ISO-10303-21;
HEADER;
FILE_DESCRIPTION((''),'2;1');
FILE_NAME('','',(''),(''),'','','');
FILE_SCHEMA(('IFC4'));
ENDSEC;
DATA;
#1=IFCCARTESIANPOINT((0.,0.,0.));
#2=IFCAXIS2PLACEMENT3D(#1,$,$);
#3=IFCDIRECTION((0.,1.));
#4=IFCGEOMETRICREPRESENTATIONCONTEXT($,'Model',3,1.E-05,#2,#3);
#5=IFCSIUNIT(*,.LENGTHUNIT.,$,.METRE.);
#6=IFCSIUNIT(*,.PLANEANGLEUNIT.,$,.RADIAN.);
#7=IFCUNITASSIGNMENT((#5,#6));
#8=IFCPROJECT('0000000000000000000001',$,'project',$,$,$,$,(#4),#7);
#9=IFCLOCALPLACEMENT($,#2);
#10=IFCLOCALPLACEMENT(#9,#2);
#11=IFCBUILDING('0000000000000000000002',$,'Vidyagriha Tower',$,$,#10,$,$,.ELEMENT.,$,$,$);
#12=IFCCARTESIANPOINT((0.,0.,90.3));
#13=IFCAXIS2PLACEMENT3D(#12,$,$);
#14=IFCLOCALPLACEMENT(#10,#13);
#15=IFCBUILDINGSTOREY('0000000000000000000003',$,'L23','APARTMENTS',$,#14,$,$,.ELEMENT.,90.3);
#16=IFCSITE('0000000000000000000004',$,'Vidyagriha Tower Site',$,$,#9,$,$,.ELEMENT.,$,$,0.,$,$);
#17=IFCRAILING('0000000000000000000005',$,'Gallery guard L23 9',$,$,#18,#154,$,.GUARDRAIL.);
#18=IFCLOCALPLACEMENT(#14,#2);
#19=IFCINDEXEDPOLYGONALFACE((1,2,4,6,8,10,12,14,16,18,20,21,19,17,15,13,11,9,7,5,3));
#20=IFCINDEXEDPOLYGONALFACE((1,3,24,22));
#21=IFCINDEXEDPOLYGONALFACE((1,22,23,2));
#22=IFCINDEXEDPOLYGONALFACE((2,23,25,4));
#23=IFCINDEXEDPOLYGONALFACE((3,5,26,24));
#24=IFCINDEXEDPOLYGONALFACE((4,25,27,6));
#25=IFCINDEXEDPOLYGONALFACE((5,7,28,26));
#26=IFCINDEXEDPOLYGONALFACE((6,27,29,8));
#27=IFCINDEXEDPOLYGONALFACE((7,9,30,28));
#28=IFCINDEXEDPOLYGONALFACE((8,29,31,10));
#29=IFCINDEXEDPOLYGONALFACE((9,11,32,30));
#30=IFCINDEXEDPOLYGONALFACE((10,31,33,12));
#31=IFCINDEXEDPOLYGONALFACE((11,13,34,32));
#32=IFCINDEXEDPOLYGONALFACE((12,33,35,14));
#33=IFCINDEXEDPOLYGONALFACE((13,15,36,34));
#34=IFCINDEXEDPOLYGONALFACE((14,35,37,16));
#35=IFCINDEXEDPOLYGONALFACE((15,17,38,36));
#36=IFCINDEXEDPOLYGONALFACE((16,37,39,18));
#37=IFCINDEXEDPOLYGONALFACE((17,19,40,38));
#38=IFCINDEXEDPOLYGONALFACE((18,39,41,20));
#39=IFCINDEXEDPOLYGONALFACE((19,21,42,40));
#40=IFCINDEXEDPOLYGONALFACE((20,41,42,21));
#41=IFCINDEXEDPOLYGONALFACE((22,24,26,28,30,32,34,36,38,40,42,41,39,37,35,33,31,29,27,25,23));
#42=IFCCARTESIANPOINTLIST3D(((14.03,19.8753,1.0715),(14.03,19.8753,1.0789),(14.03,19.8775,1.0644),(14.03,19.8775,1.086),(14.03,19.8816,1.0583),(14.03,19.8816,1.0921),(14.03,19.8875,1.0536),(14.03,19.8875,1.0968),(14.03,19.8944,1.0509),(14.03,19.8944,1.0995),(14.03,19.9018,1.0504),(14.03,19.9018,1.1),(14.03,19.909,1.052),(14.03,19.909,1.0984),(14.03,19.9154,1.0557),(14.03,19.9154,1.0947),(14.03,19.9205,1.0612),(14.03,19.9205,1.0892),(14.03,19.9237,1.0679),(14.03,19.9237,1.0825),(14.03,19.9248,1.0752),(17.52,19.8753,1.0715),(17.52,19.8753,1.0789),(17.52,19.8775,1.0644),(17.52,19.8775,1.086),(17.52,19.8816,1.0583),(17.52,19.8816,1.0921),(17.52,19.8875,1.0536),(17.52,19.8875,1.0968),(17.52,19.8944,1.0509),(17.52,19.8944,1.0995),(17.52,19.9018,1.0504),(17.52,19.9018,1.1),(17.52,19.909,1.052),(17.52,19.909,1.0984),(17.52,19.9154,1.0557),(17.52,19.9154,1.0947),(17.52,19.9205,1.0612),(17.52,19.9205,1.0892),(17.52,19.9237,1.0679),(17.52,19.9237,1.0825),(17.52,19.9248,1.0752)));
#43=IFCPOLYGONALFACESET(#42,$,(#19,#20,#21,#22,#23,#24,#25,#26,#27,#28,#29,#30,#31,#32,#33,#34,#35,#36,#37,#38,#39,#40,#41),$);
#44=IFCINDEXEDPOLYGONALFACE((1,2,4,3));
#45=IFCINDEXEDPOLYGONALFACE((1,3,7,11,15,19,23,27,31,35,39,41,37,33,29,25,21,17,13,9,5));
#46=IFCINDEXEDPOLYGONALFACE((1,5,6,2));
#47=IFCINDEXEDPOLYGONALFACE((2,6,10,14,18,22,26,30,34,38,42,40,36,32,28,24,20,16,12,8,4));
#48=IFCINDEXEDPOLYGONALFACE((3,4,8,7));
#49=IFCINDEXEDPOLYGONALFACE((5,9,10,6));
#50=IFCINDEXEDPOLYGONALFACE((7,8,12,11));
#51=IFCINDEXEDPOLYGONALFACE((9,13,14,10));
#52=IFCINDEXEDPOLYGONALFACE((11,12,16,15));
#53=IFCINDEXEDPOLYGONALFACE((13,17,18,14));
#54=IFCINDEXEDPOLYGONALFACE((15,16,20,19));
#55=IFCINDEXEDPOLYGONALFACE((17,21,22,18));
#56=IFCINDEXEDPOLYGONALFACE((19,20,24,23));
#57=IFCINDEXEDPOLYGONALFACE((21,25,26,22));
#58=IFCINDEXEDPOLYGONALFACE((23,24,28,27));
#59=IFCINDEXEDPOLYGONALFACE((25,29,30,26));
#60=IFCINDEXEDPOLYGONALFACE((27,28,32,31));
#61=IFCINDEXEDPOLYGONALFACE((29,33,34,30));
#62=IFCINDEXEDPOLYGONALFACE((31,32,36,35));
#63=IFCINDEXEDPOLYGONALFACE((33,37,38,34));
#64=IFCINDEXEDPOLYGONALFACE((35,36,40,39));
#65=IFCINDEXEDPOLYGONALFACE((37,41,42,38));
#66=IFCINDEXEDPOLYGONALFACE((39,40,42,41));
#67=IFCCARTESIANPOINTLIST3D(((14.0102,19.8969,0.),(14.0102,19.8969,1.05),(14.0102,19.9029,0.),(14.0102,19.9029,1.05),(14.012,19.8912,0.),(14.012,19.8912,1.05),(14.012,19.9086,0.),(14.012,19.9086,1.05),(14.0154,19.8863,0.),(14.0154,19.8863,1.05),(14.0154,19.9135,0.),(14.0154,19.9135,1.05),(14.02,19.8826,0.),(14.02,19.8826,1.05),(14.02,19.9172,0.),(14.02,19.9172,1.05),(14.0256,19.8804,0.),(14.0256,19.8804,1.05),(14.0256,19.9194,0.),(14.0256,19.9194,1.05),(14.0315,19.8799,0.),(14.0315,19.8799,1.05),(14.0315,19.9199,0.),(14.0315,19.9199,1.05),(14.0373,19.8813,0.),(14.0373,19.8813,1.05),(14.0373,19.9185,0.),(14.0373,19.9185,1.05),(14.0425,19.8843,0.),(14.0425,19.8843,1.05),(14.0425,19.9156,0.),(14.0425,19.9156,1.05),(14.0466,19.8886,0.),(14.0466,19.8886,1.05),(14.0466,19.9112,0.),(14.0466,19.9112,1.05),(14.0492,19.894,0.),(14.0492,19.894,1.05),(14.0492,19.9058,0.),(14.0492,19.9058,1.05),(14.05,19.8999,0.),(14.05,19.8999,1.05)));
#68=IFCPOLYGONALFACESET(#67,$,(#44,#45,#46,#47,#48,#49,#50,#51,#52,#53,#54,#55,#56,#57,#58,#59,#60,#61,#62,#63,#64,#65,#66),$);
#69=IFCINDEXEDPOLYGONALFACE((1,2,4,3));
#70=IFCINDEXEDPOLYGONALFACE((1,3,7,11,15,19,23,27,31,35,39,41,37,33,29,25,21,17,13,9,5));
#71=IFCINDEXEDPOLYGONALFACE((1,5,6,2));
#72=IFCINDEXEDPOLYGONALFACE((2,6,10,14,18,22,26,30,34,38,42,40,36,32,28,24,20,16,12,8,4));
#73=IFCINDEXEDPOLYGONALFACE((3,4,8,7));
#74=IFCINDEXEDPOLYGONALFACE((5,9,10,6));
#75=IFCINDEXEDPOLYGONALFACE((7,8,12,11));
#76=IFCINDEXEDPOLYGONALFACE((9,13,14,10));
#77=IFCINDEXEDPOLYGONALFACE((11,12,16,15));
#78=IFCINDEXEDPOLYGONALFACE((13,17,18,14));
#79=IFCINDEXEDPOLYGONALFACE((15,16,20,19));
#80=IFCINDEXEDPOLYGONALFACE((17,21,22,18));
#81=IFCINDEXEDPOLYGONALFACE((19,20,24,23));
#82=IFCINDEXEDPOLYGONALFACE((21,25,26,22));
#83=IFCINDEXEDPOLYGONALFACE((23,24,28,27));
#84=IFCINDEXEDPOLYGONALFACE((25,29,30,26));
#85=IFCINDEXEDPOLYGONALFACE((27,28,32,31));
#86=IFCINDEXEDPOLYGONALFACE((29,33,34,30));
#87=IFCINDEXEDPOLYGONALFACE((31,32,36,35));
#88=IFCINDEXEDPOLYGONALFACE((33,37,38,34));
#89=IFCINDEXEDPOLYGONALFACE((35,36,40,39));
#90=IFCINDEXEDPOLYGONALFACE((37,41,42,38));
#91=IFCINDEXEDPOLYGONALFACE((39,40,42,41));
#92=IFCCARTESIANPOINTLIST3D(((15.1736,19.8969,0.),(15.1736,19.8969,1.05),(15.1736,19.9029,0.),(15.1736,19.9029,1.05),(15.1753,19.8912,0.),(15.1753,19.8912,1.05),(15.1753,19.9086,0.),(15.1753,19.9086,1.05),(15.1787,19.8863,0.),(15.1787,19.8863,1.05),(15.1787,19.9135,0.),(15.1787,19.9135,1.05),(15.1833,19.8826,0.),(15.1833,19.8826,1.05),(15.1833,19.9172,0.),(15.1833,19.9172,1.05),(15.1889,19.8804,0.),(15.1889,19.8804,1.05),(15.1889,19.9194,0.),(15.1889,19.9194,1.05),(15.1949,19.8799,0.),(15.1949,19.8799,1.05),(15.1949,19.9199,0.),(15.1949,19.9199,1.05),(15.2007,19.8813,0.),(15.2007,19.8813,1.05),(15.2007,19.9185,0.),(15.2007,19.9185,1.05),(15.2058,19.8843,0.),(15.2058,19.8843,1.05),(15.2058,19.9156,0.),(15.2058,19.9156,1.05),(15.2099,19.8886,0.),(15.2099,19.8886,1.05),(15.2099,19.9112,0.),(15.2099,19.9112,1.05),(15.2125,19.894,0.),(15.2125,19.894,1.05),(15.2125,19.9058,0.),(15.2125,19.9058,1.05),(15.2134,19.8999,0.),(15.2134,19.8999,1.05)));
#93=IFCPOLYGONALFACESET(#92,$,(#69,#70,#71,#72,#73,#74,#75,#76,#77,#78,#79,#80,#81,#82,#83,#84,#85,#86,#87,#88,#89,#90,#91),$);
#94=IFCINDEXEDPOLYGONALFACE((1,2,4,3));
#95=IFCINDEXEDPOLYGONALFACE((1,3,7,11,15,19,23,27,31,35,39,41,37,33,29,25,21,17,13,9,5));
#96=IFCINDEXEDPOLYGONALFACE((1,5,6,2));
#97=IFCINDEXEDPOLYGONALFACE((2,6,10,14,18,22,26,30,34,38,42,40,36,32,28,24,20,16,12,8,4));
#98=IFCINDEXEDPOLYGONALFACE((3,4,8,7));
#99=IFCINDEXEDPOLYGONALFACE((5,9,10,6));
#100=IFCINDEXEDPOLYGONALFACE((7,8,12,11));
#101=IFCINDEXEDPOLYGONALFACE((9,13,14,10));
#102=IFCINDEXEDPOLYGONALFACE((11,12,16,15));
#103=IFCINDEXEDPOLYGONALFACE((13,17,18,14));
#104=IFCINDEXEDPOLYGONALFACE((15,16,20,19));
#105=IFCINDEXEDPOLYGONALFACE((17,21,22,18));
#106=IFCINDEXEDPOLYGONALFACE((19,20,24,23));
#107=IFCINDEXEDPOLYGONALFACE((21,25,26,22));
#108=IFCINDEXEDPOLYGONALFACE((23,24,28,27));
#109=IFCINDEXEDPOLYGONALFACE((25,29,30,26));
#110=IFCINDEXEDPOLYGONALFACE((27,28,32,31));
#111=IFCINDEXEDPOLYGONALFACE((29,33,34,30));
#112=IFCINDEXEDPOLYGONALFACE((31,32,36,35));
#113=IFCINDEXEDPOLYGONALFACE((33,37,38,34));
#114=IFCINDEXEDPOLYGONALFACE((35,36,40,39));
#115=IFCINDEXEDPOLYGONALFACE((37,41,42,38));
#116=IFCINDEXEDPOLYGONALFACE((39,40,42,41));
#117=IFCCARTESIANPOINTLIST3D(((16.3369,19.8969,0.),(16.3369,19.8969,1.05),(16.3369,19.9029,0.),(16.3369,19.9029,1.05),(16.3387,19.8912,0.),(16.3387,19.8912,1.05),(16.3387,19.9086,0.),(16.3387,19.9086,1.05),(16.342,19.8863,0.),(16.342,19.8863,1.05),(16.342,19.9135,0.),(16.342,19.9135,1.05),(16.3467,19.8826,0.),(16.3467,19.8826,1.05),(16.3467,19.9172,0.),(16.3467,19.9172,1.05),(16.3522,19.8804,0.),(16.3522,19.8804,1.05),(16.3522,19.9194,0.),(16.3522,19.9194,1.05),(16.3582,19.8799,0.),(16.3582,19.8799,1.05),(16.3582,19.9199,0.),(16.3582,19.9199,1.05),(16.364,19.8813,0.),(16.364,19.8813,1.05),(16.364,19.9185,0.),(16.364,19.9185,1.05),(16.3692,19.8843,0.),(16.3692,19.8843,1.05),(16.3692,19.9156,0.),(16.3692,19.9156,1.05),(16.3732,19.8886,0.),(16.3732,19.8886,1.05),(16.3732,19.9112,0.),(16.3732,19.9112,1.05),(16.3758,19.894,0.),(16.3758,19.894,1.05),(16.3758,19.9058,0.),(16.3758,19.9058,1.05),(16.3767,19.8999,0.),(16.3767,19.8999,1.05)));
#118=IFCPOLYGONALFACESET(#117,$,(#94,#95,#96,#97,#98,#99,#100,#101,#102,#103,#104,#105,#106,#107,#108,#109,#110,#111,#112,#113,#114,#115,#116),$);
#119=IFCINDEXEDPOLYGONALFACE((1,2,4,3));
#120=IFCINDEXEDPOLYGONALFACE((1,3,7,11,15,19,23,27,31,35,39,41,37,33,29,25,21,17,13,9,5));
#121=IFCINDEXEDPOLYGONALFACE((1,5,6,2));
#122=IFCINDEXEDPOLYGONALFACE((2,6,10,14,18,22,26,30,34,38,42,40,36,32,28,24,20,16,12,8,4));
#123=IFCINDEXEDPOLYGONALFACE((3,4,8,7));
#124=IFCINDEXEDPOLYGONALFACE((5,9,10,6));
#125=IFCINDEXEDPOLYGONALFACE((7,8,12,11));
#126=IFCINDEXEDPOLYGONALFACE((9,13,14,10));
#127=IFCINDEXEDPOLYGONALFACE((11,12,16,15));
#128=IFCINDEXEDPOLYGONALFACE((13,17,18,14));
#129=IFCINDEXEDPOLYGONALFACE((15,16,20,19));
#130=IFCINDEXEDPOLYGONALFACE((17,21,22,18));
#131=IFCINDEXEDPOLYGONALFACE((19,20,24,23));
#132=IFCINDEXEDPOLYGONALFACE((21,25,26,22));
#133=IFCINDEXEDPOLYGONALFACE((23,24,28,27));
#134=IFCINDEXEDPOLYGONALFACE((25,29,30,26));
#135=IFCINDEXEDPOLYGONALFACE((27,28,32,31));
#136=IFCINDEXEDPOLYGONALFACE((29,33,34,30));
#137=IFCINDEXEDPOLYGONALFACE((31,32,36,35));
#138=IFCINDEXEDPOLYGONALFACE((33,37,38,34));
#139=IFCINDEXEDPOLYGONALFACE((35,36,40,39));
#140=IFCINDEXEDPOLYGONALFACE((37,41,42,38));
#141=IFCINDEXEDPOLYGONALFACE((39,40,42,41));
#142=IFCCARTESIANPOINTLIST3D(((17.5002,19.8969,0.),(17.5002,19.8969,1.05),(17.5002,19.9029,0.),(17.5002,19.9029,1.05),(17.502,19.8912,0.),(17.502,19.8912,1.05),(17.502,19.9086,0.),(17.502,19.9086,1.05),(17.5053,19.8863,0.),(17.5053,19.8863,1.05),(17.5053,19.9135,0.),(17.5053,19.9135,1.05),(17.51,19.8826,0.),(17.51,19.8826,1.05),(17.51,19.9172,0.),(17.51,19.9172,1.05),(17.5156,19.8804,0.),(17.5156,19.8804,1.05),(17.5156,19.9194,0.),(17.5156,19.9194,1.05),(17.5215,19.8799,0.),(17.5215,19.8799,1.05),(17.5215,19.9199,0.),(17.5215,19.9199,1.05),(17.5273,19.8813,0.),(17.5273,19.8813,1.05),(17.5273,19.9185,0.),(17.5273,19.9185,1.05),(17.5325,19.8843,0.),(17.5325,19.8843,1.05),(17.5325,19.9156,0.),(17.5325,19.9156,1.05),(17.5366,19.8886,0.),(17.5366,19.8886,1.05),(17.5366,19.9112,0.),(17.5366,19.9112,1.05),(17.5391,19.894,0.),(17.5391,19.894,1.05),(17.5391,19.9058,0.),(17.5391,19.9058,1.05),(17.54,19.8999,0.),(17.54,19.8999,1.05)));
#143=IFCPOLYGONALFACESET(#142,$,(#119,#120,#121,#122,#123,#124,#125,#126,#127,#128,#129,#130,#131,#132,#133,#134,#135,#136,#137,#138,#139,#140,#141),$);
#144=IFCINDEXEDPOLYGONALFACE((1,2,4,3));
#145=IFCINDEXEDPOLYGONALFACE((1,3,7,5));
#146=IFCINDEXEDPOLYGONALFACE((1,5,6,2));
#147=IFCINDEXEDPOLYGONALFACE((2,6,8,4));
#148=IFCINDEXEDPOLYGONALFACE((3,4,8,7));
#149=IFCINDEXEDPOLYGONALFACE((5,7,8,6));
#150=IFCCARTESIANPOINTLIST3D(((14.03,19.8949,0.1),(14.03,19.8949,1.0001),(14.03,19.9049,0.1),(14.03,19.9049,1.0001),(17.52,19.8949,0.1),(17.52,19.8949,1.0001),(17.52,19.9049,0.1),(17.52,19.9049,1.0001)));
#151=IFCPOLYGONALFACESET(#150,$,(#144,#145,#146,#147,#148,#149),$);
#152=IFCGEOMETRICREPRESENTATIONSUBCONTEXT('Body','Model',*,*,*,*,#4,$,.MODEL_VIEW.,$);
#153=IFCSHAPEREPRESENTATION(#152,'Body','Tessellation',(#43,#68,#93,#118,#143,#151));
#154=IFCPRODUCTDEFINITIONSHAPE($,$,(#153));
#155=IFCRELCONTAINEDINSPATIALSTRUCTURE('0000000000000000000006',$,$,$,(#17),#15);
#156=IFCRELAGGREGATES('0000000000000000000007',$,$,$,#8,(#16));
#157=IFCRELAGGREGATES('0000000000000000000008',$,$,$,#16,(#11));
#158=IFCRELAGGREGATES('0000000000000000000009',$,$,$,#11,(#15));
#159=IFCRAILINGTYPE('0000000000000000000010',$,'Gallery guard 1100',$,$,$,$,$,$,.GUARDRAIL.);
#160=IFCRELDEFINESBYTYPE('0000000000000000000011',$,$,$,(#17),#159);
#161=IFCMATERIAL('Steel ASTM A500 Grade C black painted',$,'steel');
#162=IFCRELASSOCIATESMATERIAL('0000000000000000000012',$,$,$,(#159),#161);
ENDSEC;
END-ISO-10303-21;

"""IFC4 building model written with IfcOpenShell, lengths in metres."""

from ifc_helpers import new_model, si_unit, direction, frame, origin, origin_2d, place, context, subcontext, project, spatial, rectangle, circle, extrude, material, type_object, element, save


model = new_model("IFC4")

# Units and contexts
model_context = context("Model", 3, precision=1e-05, world=origin(), true_north=direction((0.0, 1.0)))
body_context = subcontext(model_context, "Body", "Model", "MODEL_VIEW")
ifc_project = project(units=[si_unit("LENGTHUNIT", "METRE"), si_unit("PLANEANGLEUNIT", "RADIAN")], contexts=[model_context])

# Site, building, storey
site_placement = place(None, origin())
site = spatial("IfcSite", under=ifc_project, at=site_placement, Name="Vidyagriha Tower Site", CompositionType="ELEMENT", RefElevation=0.0)
building_placement = place(site_placement, origin())
building = spatial("IfcBuilding", under=site, at=building_placement, Name="Vidyagriha Tower", CompositionType="ELEMENT")
storey_placement = place(building_placement, frame((0.0, 0.0, 90.3)))
storey = spatial("IfcBuildingStorey", under=building, at=storey_placement, Name="L23", Description="APARTMENTS", CompositionType="ELEMENT", Elevation=90.3)

# Railing
ifc_material_1 = material(Name="Steel ASTM A500 Grade C black painted", Category="steel")
railing_type = type_object("IfcRailingType", Name="Gallery guard 1100", PredefinedType="GUARDRAIL", material=ifc_material_1)
railing_1_placement = place(storey_placement, frame((14.03, 19.8999, 0.0)))
element("IfcRailing", 1, at=railing_1_placement, inside=storey, type_object=railing_type, Name="Gallery guard L23 9", PredefinedType="GUARDRAIL", context=body_context, shape_type="SweptSolid", body=[
    extrude(circle(Radius=0.0249, at=origin_2d()), frame((0.0, 0.0, 1.0752), z_axis=(1.0, 0.0, 0.0), x_axis=(0.0, 1.0, 0.0)), (0.0, 0.0, 1.0), 3.49),
    extrude(circle(Radius=0.02, at=origin_2d()), origin(), (0.0, 0.0, 1.0), 1.05),
    extrude(circle(Radius=0.02, at=origin_2d()), frame((1.1633, 0.0, 0.0)), (0.0, 0.0, 1.0), 1.05),
    extrude(circle(Radius=0.02, at=origin_2d()), frame((2.3267, 0.0, 0.0)), (0.0, 0.0, 1.0), 1.05),
    extrude(circle(Radius=0.02, at=origin_2d()), frame((3.49, 0.0, 0.0)), (0.0, 0.0, 1.0), 1.05),
    extrude(rectangle(XDim=0.01, YDim=0.9001, at=origin_2d()), frame((0.0, 0.0, 0.55), z_axis=(1.0, 0.0, 0.0), x_axis=(0.0, 1.0, 0.0)), (0.0, 0.0, 1.0), 3.49),
])

save(model, "model.ifc")
